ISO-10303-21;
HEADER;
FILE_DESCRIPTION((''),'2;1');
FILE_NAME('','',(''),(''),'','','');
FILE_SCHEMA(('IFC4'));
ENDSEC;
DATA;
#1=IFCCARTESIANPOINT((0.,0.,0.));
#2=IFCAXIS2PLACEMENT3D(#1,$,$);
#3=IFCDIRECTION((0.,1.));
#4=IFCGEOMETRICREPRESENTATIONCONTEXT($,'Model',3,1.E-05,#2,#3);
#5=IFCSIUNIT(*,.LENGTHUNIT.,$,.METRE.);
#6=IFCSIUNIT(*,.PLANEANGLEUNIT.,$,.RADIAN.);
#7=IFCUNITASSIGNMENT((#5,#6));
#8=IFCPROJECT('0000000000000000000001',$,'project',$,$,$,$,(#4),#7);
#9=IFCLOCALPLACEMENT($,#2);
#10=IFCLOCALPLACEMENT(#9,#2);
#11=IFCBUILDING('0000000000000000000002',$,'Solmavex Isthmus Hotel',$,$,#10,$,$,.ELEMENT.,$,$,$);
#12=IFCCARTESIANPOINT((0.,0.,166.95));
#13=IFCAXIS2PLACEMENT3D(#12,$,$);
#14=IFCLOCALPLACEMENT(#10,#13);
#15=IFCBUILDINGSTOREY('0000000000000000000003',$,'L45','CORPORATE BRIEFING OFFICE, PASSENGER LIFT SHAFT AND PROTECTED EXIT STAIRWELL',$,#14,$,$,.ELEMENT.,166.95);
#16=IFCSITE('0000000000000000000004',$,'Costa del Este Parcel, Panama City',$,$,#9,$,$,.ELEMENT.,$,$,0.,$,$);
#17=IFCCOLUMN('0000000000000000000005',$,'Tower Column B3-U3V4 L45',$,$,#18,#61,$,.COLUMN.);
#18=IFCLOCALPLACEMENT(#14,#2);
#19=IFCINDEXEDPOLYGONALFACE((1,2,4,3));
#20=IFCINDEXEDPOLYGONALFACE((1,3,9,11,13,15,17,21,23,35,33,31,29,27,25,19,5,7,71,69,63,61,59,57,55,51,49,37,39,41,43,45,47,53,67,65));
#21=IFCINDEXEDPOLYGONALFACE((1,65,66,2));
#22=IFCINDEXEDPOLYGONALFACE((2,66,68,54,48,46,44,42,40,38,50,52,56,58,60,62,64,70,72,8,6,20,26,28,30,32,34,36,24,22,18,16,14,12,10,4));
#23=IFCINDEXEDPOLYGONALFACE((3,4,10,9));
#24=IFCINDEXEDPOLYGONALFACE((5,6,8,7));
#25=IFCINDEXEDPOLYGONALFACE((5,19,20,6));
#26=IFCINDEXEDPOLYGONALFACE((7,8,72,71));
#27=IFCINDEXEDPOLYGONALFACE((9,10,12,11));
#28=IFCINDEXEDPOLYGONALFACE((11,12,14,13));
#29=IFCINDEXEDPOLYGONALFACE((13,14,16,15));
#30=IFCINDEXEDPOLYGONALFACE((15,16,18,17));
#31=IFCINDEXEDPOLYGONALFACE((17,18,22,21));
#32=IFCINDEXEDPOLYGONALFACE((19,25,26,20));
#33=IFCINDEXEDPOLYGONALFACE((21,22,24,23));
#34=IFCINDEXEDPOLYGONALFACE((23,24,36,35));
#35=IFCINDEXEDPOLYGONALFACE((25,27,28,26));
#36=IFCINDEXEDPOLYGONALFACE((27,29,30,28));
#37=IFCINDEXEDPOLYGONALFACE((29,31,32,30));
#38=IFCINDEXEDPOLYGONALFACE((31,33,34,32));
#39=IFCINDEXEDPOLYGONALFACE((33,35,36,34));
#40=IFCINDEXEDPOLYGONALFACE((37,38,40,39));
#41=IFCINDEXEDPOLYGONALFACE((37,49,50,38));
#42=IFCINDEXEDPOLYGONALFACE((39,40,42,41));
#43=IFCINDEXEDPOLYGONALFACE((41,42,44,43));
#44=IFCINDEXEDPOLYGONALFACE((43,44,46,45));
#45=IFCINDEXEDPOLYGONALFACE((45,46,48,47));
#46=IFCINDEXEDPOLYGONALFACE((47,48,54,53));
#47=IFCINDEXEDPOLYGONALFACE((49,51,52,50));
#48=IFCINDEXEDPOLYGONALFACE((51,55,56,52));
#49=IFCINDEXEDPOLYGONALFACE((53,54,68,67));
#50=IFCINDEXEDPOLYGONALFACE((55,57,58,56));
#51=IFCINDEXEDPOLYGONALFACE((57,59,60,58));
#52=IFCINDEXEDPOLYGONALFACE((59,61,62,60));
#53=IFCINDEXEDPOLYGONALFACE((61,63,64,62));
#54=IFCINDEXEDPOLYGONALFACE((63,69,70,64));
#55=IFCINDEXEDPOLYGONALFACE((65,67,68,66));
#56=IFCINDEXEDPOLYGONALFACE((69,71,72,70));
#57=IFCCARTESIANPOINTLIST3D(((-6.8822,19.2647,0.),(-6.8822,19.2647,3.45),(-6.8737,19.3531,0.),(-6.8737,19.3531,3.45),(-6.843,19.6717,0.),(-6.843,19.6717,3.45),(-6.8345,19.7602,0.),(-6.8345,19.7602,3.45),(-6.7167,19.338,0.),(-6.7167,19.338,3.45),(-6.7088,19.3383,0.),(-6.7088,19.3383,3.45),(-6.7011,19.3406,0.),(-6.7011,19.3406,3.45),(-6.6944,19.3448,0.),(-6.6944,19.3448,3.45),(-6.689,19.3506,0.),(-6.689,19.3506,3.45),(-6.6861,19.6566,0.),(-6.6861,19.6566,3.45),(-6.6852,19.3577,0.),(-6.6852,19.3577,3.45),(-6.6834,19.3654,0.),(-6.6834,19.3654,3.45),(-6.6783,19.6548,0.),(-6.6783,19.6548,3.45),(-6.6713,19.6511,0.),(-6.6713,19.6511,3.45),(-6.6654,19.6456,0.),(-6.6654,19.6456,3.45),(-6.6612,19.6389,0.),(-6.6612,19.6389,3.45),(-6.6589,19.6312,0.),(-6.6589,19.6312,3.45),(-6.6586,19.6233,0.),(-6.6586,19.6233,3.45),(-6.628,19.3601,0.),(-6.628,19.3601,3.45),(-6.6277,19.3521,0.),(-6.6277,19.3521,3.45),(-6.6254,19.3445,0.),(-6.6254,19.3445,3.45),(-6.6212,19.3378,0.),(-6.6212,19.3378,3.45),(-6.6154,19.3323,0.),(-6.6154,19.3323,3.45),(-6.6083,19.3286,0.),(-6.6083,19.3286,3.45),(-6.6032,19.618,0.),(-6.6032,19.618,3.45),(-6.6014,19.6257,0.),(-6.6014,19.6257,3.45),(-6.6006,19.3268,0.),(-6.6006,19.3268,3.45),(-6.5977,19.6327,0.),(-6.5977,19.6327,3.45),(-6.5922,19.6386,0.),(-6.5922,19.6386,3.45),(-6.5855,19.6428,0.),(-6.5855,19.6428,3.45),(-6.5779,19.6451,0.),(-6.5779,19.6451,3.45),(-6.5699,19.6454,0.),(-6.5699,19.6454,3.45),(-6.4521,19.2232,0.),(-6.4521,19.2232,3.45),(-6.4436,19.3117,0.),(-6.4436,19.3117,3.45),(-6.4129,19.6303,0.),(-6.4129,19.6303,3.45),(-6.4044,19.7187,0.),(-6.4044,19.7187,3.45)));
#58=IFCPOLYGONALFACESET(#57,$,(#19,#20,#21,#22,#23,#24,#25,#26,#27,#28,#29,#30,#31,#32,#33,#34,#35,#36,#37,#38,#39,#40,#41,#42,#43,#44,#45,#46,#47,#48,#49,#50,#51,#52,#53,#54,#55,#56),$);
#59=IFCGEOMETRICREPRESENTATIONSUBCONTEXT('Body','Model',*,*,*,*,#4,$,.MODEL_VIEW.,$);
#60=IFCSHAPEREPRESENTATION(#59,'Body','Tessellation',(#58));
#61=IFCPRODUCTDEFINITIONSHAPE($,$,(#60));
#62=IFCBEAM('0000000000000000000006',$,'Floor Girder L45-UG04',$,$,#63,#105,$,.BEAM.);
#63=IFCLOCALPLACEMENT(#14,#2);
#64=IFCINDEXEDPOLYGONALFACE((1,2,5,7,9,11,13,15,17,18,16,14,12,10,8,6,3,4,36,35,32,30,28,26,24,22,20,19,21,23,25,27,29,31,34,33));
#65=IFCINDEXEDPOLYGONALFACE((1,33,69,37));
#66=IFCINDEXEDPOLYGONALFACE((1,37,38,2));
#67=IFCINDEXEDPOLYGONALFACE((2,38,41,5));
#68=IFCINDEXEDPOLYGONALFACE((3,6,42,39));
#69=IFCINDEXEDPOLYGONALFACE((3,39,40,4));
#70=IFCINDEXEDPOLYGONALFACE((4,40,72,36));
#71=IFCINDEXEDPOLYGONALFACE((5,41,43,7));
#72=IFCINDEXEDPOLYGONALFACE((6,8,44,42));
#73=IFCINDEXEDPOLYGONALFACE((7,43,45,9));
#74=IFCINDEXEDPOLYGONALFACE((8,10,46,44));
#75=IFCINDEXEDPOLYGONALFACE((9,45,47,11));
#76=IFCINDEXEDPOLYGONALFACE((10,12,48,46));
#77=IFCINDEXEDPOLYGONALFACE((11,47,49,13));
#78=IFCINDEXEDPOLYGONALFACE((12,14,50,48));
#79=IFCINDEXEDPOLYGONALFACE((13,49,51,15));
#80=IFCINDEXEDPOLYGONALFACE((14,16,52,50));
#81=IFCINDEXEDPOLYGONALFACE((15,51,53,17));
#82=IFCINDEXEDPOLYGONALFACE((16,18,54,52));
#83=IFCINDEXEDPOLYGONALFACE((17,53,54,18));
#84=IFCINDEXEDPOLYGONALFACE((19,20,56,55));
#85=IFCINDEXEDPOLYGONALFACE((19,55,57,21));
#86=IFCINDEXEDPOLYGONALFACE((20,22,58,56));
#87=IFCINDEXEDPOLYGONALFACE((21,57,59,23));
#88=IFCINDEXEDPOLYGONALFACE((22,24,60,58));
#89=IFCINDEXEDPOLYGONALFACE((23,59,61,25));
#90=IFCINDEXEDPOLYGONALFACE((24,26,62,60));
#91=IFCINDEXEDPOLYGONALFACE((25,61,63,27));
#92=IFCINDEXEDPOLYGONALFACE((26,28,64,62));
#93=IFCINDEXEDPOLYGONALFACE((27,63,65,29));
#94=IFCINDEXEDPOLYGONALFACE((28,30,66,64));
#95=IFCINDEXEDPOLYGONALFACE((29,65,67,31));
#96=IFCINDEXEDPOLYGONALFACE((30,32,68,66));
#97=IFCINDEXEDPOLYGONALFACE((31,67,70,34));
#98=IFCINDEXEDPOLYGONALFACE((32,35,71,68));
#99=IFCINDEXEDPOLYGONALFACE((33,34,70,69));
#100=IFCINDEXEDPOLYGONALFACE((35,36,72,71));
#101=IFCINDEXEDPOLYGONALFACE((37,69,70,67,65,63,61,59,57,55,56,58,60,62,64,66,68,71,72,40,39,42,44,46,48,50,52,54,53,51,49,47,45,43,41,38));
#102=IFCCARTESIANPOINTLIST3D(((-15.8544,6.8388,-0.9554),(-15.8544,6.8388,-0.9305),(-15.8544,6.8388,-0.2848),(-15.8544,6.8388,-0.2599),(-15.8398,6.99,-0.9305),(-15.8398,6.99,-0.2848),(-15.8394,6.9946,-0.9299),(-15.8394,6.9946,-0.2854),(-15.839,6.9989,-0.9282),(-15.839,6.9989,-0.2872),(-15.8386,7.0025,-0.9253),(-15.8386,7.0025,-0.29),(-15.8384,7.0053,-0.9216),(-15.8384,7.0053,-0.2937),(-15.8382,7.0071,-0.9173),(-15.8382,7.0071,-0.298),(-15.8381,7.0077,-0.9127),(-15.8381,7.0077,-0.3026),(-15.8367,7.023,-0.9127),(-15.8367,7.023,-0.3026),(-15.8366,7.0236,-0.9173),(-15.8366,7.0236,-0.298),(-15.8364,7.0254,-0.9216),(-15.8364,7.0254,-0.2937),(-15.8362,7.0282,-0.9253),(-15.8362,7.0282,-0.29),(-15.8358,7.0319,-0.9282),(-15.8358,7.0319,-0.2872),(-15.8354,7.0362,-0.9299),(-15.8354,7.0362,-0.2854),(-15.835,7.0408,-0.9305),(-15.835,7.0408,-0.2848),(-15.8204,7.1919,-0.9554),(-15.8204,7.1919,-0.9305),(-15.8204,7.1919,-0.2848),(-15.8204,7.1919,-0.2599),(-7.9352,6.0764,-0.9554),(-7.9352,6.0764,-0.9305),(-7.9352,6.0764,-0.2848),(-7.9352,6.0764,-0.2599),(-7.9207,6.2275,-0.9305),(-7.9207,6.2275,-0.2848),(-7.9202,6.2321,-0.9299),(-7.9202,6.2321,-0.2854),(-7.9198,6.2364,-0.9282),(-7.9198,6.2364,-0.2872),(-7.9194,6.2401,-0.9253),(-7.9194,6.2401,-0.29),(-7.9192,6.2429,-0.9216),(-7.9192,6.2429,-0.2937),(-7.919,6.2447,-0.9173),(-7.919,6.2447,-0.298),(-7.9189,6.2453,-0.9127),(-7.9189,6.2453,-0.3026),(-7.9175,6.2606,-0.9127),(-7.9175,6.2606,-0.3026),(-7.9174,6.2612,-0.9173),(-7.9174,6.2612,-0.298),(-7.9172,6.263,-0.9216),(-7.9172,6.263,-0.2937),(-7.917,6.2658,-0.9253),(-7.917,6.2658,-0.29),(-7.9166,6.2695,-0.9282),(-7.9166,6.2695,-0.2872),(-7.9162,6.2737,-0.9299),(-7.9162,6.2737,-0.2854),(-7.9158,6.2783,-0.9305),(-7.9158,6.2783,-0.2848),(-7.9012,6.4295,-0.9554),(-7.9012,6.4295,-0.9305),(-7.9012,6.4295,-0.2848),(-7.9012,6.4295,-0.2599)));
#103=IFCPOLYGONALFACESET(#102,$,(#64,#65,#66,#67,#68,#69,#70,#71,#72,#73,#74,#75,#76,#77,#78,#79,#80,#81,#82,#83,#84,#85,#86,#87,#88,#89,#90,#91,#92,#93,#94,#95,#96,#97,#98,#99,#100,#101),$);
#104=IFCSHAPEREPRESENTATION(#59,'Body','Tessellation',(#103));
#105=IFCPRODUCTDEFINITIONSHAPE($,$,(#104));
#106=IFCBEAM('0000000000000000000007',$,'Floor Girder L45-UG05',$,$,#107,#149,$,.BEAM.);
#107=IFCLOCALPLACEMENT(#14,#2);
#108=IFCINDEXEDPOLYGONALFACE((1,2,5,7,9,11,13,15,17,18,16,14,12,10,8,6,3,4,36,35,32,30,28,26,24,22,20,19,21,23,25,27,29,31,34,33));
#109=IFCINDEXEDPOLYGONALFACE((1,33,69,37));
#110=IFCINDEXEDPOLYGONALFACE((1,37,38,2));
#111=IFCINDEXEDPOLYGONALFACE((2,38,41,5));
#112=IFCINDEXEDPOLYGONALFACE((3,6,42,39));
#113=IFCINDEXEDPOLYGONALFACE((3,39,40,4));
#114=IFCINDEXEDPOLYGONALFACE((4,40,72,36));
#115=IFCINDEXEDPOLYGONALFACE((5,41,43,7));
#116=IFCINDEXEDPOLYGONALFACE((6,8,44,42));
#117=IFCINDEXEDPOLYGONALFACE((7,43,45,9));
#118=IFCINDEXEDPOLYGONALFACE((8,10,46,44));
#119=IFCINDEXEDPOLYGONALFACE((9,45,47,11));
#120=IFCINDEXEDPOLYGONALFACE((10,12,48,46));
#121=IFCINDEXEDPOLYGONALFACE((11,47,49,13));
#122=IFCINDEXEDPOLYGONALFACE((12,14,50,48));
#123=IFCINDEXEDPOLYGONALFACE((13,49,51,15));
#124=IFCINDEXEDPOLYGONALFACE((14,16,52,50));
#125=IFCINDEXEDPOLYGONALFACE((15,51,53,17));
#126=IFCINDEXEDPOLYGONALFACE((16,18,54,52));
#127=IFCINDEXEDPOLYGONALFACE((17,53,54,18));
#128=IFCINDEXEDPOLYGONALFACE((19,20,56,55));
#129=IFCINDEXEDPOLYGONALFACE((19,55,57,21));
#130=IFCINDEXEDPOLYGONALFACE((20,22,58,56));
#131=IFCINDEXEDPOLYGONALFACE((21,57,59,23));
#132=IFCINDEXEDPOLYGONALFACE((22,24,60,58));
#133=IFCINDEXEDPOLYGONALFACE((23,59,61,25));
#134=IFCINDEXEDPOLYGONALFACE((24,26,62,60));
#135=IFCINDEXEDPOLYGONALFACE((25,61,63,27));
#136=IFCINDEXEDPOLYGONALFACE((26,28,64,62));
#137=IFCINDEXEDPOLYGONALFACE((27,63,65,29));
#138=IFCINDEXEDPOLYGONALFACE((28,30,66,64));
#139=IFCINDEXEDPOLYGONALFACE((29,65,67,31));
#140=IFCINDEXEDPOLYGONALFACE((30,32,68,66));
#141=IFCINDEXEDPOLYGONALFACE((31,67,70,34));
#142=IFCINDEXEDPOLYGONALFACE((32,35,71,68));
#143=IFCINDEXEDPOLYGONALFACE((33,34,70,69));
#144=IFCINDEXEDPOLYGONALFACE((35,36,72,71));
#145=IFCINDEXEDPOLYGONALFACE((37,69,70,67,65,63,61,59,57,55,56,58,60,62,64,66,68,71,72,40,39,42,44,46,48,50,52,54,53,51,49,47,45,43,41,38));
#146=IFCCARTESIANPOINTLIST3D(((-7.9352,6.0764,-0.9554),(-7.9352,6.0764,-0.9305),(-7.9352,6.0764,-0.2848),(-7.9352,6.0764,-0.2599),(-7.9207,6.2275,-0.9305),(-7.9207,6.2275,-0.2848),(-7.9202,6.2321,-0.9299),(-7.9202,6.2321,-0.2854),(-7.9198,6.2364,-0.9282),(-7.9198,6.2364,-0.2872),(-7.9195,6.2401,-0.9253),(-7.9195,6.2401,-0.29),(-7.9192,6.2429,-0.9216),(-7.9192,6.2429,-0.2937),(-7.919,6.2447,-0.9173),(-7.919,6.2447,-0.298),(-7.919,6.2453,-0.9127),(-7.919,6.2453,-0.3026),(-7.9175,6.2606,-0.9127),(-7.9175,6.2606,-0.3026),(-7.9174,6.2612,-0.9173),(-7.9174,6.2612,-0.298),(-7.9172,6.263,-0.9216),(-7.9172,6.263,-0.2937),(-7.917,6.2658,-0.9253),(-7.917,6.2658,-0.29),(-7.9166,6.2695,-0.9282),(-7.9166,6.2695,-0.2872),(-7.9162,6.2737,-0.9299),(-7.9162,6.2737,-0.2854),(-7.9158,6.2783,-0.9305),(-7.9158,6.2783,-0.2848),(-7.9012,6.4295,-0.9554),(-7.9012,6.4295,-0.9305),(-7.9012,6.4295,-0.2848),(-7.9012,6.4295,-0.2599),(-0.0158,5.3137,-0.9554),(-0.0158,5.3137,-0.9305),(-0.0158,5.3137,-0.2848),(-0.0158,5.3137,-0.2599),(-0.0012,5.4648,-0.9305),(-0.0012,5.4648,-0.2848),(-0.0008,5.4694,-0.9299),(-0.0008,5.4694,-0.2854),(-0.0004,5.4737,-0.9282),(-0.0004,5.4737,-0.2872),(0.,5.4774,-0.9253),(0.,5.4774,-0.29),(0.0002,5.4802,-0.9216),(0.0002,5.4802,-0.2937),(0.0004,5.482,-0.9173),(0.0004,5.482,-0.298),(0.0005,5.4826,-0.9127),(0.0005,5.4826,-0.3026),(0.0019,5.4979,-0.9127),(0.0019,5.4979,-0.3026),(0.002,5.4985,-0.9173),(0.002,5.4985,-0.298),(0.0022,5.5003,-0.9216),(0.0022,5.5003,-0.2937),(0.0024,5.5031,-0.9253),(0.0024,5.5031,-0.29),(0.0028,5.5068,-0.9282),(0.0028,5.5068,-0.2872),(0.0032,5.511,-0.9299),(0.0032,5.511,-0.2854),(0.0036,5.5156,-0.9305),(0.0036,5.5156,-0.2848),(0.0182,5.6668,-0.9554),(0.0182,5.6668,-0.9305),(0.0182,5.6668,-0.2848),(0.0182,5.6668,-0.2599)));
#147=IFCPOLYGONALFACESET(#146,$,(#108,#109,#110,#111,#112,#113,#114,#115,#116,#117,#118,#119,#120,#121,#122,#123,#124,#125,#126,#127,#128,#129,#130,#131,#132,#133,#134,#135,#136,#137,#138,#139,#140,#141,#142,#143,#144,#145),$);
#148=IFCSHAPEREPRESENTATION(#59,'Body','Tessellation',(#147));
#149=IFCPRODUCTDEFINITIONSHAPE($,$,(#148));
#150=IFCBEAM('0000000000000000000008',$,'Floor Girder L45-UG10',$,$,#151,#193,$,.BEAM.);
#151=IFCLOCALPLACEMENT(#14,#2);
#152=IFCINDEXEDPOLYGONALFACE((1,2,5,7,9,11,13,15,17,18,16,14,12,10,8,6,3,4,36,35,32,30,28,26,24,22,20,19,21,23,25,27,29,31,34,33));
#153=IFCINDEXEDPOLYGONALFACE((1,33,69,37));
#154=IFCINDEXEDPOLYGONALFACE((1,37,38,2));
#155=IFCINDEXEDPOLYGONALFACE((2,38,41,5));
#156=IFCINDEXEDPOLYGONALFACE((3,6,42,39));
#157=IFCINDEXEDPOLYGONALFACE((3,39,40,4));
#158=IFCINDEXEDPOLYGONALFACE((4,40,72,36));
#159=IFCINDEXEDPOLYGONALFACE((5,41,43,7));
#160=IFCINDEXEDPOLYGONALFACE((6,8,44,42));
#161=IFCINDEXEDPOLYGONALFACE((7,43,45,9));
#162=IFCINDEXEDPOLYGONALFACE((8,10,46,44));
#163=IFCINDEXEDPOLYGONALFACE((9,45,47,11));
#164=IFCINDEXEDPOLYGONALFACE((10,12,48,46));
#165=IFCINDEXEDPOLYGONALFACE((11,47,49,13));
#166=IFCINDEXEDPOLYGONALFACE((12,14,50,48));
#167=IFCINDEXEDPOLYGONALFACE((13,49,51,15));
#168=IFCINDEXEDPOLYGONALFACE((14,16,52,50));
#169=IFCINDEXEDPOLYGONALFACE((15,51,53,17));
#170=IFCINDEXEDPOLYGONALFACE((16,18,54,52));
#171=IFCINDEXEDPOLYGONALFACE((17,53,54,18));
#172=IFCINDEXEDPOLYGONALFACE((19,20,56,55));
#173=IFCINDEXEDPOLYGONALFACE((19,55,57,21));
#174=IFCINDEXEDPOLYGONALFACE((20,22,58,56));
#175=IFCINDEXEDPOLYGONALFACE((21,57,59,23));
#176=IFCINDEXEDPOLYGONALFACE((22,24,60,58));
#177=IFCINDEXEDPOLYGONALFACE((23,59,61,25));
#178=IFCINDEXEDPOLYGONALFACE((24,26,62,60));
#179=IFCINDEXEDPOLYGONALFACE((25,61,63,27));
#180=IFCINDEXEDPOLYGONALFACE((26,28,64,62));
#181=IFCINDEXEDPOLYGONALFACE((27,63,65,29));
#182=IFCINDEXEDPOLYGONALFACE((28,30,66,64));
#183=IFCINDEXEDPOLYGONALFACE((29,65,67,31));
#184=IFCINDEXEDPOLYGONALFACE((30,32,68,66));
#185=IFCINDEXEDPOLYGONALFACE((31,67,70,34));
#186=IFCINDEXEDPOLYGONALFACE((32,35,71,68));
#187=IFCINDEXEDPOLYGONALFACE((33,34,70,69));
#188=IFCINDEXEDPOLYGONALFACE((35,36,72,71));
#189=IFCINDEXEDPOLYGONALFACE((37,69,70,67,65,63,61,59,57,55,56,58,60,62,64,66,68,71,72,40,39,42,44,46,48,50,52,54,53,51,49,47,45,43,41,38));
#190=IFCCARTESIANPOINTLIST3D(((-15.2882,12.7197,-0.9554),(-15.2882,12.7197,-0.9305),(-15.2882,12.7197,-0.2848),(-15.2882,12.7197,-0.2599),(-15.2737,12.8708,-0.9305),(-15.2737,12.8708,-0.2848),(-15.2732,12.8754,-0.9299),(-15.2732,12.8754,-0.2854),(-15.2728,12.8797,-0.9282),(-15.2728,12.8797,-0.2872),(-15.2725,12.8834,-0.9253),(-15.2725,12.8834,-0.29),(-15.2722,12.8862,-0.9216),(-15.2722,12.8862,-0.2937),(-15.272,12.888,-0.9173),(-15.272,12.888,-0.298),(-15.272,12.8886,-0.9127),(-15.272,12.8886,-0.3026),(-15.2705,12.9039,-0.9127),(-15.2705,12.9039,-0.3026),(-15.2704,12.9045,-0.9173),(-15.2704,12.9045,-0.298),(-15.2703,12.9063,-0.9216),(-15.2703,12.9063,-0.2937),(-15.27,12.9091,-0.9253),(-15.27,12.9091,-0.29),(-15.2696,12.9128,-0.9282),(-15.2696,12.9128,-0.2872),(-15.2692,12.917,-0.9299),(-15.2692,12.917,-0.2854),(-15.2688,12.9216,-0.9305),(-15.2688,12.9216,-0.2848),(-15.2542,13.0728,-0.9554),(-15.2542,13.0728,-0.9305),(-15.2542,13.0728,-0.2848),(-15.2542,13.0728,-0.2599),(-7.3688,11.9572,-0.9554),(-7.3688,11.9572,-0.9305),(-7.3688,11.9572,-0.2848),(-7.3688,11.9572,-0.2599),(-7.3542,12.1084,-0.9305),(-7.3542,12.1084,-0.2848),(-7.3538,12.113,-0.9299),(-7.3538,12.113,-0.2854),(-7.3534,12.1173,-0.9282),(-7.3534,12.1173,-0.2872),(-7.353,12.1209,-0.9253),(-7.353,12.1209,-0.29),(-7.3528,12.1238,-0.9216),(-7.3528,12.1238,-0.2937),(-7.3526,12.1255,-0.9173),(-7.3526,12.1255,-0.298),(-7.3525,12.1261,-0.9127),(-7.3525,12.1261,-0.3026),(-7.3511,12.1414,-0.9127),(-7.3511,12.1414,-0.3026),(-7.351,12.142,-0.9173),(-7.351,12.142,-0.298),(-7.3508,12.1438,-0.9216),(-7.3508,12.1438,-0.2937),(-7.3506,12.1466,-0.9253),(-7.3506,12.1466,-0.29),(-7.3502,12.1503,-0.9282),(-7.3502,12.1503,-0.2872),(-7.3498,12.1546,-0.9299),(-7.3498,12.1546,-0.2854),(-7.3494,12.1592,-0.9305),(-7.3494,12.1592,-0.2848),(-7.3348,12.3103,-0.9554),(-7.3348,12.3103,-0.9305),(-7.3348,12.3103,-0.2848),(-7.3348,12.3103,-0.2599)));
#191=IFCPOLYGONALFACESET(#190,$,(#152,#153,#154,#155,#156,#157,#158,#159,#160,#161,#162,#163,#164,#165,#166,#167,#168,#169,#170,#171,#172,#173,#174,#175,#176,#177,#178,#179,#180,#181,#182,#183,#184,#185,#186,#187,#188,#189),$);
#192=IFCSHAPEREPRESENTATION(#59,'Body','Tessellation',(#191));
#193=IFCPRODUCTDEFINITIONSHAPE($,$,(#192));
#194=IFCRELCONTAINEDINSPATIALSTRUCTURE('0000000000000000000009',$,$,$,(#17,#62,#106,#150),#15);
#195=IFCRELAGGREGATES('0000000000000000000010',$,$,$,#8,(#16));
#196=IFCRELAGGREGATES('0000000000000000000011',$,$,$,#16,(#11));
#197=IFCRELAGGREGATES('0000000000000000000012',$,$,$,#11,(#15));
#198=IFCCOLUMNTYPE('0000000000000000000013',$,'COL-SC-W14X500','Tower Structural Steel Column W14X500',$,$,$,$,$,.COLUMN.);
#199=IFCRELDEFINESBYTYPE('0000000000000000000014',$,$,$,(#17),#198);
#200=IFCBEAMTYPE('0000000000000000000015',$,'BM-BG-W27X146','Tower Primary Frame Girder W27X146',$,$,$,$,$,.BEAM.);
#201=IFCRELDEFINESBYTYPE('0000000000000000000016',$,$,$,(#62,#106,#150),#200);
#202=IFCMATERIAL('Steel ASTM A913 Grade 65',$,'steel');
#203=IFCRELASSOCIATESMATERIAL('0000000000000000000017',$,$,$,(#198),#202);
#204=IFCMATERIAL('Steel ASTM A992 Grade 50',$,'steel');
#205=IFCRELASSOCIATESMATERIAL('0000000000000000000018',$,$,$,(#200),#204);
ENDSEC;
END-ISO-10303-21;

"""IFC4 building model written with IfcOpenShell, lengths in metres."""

from ifc_helpers import new_model, si_unit, direction, frame, origin, origin_2d, place, context, subcontext, project, spatial, i_section, extrude, material, material_profile, profile_set, type_object, element, save


model = new_model("IFC4")

# Units and contexts
model_context = context("Model", 3, precision=1e-05, world=origin(), true_north=direction((0.0, 1.0)))
body_context = subcontext(model_context, "Body", "Model", "MODEL_VIEW")
ifc_project = project(units=[si_unit("LENGTHUNIT", "METRE"), si_unit("PLANEANGLEUNIT", "RADIAN")], contexts=[model_context])

# Site, building, storey
site_placement = place(None, origin())
site = spatial("IfcSite", under=ifc_project, at=site_placement, Name="Costa del Este Parcel, Panama City", CompositionType="ELEMENT", RefElevation=0.0)
building_placement = place(site_placement, origin())
building = spatial("IfcBuilding", under=site, at=building_placement, Name="Solmavex Isthmus Hotel", CompositionType="ELEMENT")
storey_placement = place(building_placement, frame((0.0, 0.0, 166.95)))
storey = spatial("IfcBuildingStorey", under=building, at=storey_placement, Name="L45", Description="CORPORATE BRIEFING OFFICE, PASSENGER LIFT SHAFT AND PROTECTED EXIT STAIRWELL", CompositionType="ELEMENT", Elevation=166.95)

# Column
ifc_material_1 = material(Name="Steel ASTM A913 Grade 65", Category="steel")
ifc_material_profile_1 = material_profile(ifc_material_1, i_section(OverallWidth=0.4321, OverallDepth=0.4978, WebThickness=0.0557, FlangeThickness=0.0889, FilletRadius=0.0305, at=origin_2d()), Name="W14X500")
ifc_profile_set_1 = profile_set([ifc_material_profile_1], Name="Steel ASTM A913 Grade 65")
column_type_1 = type_object("IfcColumnType", Name="COL-SC-W14X500", Description="Tower Structural Steel Column W14X500", PredefinedType="COLUMN", material=ifc_profile_set_1)
column_placement = place(storey_placement, frame((-6.6433, 19.4917, 0.0), z_axis=(0.0, 0.0, 1.0), x_axis=(0.995396, -0.095846, 0.0)))
element("IfcColumn", 1, at=column_placement, inside=storey, type_object=column_type_1, Name="Tower Column B3-U3V4 L45", PredefinedType="COLUMN", context=body_context, shape_type="SweptSolid", body=[
    extrude(i_section(OverallWidth=0.4321, OverallDepth=0.4978, WebThickness=0.0557, FlangeThickness=0.0889, FilletRadius=0.0305, at=origin_2d()), origin(), (0.0, 0.0, 1.0), 3.45),
])

# Beams
ifc_material_2 = material(Name="Steel ASTM A992 Grade 50", Category="steel")
ifc_material_profile_2 = material_profile(ifc_material_2, i_section(OverallWidth=0.3547, OverallDepth=0.6956, WebThickness=0.0154, FlangeThickness=0.0249, FilletRadius=0.0178, at=origin_2d()), Name="W27X146")
ifc_profile_set_2 = profile_set([ifc_material_profile_2], Name="Steel ASTM A992 Grade 50")
beam_type_1 = type_object("IfcBeamType", Name="BM-BG-W27X146", Description="Tower Primary Frame Girder W27X146", PredefinedType="BEAM", material=ifc_profile_set_2)
beam_1_placement = place(storey_placement, frame((-15.8374, 7.0154, -0.6077), z_axis=(0.995397, -0.095836, 0.0), x_axis=(0.095836, 0.995397, 0.0)))
element("IfcBeam", 2, at=beam_1_placement, inside=storey, type_object=beam_type_1, Name="Floor Girder L45-UG04", PredefinedType="BEAM", context=body_context, shape_type="SweptSolid", body=[
    extrude(i_section(OverallWidth=0.3547, OverallDepth=0.6956, WebThickness=0.0154, FlangeThickness=0.0249, FilletRadius=0.0178, at=origin_2d()), origin(), (0.0, 0.0, 1.0), 7.9558),
])
for number, where, z_axis, x_axis, name in (
    (3, (-7.9182, 6.2529, -0.6077), (0.995395, -0.095863, 0.0), (0.095863, 0.995395, 0.0), "Floor Girder L45-UG05"),
    (4, (-15.2712, 12.8962, -0.6077), (0.995397, -0.095833, 0.0), (0.095833, 0.995397, 0.0), "Floor Girder L45-UG10"),
):
    element("IfcBeam", number, at=place(storey_placement, frame(where, z_axis=z_axis, x_axis=x_axis)), inside=storey, type_object=beam_type_1, Name=name, PredefinedType="BEAM", context=body_context, shape_type="SweptSolid", body=[
        extrude(i_section(OverallWidth=0.3547, OverallDepth=0.6956, WebThickness=0.0154, FlangeThickness=0.0249, FilletRadius=0.0178, at=origin_2d()), origin(), (0.0, 0.0, 1.0), 7.9561),
    ])

save(model, "model.ifc")
